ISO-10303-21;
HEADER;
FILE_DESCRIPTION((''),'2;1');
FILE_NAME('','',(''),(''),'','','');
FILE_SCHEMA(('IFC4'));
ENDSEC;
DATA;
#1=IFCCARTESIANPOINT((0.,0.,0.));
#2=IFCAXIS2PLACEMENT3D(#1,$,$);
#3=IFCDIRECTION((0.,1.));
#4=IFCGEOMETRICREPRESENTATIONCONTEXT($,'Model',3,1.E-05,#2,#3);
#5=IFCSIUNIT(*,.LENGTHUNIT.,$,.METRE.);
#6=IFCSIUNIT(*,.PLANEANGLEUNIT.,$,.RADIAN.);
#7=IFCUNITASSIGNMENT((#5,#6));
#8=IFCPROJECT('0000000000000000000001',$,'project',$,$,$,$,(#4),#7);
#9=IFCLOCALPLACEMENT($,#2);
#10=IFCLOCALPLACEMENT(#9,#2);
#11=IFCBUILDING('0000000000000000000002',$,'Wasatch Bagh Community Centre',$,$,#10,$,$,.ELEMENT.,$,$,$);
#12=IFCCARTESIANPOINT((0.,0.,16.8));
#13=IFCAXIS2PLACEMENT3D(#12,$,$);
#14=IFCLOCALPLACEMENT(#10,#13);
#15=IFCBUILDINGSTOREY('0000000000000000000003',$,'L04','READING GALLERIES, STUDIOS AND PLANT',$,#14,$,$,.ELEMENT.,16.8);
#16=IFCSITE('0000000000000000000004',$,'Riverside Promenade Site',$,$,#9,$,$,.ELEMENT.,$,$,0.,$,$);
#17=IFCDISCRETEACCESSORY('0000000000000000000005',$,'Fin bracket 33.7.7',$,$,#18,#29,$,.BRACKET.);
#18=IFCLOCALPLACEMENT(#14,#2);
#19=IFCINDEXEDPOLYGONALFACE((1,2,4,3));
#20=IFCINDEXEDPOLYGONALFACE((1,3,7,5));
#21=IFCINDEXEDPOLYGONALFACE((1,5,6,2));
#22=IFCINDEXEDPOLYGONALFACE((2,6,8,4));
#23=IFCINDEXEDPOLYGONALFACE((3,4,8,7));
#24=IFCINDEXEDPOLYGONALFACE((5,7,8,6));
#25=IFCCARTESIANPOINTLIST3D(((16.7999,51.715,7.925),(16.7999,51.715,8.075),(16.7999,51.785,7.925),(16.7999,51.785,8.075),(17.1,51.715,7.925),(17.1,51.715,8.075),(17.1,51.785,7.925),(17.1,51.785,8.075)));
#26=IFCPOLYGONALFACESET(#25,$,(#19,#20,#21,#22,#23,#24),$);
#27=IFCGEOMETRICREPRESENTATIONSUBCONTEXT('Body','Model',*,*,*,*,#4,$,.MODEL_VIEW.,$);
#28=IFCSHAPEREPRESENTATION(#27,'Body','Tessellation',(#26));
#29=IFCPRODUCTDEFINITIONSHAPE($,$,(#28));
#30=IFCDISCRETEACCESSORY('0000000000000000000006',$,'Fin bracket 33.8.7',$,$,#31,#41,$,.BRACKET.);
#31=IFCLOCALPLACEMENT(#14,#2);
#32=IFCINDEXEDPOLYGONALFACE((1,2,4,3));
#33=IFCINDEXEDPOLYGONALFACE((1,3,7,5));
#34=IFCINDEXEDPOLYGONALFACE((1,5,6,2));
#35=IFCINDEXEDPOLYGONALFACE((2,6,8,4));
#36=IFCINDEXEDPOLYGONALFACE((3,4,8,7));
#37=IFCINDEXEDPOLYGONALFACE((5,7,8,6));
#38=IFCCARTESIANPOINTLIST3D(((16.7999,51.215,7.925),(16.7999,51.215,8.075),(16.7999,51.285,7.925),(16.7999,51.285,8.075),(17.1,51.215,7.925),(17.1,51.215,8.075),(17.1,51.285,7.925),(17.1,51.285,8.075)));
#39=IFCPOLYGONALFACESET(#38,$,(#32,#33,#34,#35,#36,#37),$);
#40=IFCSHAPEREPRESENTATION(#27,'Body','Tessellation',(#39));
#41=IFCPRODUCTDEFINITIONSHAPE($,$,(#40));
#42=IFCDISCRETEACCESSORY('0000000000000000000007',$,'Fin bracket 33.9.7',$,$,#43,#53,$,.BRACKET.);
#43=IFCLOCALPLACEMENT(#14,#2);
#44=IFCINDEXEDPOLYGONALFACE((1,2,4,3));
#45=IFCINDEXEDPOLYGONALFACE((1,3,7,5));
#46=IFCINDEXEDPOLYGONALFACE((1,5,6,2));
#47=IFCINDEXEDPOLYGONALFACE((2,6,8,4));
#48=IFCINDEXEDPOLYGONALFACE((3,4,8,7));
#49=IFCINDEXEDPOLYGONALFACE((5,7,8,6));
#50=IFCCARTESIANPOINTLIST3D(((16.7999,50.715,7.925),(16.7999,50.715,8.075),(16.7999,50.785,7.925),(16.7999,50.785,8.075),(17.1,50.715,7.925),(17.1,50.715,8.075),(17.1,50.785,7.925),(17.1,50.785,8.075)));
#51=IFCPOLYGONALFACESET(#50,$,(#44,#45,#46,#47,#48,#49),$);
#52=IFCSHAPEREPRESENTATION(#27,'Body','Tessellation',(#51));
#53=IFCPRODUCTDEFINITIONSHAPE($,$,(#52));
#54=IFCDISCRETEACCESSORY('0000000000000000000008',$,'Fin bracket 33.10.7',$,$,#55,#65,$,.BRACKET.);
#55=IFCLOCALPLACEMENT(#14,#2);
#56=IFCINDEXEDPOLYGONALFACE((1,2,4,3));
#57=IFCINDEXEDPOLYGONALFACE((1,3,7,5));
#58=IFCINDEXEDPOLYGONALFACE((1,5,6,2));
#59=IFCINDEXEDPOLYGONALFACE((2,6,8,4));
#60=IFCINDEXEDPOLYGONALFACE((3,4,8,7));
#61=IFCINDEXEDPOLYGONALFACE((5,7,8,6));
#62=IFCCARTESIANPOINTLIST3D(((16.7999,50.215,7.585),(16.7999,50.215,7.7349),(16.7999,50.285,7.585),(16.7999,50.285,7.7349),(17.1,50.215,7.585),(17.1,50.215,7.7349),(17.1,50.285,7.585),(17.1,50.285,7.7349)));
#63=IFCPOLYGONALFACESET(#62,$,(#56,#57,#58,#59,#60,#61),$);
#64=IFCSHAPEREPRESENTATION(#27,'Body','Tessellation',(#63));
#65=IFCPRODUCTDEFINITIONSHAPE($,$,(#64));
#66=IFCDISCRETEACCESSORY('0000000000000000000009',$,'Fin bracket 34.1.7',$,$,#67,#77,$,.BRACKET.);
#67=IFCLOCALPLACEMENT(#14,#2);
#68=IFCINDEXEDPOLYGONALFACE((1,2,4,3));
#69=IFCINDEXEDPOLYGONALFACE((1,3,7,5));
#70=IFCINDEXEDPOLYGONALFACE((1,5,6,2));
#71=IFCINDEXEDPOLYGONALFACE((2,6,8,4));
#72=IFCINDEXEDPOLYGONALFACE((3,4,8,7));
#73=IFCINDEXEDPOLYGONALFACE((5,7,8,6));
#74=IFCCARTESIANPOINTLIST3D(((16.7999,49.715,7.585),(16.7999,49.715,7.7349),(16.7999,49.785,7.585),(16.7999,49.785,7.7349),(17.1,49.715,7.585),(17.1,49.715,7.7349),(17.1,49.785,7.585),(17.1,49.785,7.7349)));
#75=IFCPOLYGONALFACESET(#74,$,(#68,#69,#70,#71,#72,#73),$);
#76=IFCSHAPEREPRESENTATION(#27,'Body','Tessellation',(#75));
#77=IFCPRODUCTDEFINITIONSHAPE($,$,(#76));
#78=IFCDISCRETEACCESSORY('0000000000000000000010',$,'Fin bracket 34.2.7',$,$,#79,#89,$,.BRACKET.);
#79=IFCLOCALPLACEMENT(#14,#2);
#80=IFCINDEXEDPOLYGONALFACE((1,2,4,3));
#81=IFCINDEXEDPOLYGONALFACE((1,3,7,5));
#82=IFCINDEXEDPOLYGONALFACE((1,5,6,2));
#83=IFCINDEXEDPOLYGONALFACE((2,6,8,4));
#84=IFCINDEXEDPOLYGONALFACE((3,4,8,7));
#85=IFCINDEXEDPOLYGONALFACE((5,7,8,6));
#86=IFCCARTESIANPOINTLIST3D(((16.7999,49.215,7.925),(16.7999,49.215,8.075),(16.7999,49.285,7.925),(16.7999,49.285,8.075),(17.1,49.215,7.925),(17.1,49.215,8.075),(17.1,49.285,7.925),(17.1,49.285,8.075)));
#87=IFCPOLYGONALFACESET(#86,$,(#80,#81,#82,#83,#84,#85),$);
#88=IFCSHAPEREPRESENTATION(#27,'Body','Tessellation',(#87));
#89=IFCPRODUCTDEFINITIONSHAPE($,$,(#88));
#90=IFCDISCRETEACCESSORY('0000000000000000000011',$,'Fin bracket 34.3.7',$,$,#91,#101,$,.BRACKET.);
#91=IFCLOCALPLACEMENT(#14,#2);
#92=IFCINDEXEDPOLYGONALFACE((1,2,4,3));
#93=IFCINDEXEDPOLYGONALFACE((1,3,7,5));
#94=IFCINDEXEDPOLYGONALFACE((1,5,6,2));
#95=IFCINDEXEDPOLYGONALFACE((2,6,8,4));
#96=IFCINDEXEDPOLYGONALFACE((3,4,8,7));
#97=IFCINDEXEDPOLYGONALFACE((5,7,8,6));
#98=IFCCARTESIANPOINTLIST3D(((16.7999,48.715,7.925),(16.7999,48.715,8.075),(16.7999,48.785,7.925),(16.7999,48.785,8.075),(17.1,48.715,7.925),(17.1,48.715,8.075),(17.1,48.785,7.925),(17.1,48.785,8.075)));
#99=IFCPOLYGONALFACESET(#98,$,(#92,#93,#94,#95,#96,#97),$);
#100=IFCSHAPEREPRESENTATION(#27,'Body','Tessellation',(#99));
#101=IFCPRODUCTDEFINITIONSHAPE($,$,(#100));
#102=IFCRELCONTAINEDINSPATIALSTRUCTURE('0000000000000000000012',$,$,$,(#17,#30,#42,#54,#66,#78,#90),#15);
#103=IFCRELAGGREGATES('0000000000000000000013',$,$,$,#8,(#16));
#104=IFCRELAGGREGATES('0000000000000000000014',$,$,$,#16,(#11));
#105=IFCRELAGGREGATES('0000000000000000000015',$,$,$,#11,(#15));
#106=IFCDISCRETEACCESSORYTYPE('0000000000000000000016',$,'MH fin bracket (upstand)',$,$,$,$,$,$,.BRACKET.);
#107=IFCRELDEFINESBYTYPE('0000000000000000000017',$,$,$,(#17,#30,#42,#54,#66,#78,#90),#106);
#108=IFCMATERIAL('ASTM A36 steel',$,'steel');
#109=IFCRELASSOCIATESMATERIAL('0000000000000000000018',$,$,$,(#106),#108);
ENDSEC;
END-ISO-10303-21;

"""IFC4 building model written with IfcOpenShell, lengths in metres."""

from ifc_helpers import new_model, si_unit, direction, frame, origin, origin_2d, place, context, subcontext, project, spatial, rectangle, extrude, material, type_object, element, save


model = new_model("IFC4")

# Units and contexts
model_context = context("Model", 3, precision=1e-05, world=origin(), true_north=direction((0.0, 1.0)))
body_context = subcontext(model_context, "Body", "Model", "MODEL_VIEW")
ifc_project = project(units=[si_unit("LENGTHUNIT", "METRE"), si_unit("PLANEANGLEUNIT", "RADIAN")], contexts=[model_context])

# Site, building, storey
site_placement = place(None, origin())
site = spatial("IfcSite", under=ifc_project, at=site_placement, Name="Riverside Promenade Site", CompositionType="ELEMENT", RefElevation=0.0)
building_placement = place(site_placement, origin())
building = spatial("IfcBuilding", under=site, at=building_placement, Name="Wasatch Bagh Community Centre", CompositionType="ELEMENT")
storey_placement = place(building_placement, frame((0.0, 0.0, 16.8)))
storey = spatial("IfcBuildingStorey", under=building, at=storey_placement, Name="L04", Description="READING GALLERIES, STUDIOS AND PLANT", CompositionType="ELEMENT", Elevation=16.8)

# Discrete accessories
ifc_material = material(Name="ASTM A36 steel", Category="steel")
discrete_accessory_type_1 = type_object("IfcDiscreteAccessoryType", Name="MH fin bracket (upstand)", PredefinedType="BRACKET", material=ifc_material)
for number, where, z_axis, x_axis, name in (
    (1, (16.95, 51.75, 7.925), (0.0, 0.0, 1.0), (0.0, -1.0, 0.0), "Fin bracket 33.7.7"),
    (2, (16.95, 51.25, 7.925), (0.0, 0.0, 1.0), (0.0, -1.0, 0.0), "Fin bracket 33.8.7"),
    (3, (16.95, 50.75, 7.925), (0.0, 0.0, 1.0), (0.0, -1.0, 0.0), "Fin bracket 33.9.7"),
    (4, (16.95, 50.25, 7.585), (0.0, 0.0, 1.0), (0.0, -1.0, 0.0), "Fin bracket 33.10.7"),
    (5, (16.95, 49.75, 7.585), (0.0, 0.0, 1.0), (0.0, -1.0, 0.0), "Fin bracket 34.1.7"),
    (6, (16.95, 49.25, 7.925), (0.0, 0.0, 1.0), (0.0, -1.0, 0.0), "Fin bracket 34.2.7"),
    (7, (16.95, 48.75, 7.925), (0.0, 0.0, 1.0), (0.0, -1.0, 0.0), "Fin bracket 34.3.7"),
):
    element("IfcDiscreteAccessory", number, at=place(storey_placement, frame(where, z_axis=z_axis, x_axis=x_axis)), inside=storey, type_object=discrete_accessory_type_1, Name=name, PredefinedType="BRACKET", context=body_context, shape_type="SweptSolid", body=[
        extrude(rectangle(XDim=0.0701, YDim=0.3, at=origin_2d()), origin(), (0.0, 0.0, 1.0), 0.1499),
    ])

save(model, "model.ifc")
